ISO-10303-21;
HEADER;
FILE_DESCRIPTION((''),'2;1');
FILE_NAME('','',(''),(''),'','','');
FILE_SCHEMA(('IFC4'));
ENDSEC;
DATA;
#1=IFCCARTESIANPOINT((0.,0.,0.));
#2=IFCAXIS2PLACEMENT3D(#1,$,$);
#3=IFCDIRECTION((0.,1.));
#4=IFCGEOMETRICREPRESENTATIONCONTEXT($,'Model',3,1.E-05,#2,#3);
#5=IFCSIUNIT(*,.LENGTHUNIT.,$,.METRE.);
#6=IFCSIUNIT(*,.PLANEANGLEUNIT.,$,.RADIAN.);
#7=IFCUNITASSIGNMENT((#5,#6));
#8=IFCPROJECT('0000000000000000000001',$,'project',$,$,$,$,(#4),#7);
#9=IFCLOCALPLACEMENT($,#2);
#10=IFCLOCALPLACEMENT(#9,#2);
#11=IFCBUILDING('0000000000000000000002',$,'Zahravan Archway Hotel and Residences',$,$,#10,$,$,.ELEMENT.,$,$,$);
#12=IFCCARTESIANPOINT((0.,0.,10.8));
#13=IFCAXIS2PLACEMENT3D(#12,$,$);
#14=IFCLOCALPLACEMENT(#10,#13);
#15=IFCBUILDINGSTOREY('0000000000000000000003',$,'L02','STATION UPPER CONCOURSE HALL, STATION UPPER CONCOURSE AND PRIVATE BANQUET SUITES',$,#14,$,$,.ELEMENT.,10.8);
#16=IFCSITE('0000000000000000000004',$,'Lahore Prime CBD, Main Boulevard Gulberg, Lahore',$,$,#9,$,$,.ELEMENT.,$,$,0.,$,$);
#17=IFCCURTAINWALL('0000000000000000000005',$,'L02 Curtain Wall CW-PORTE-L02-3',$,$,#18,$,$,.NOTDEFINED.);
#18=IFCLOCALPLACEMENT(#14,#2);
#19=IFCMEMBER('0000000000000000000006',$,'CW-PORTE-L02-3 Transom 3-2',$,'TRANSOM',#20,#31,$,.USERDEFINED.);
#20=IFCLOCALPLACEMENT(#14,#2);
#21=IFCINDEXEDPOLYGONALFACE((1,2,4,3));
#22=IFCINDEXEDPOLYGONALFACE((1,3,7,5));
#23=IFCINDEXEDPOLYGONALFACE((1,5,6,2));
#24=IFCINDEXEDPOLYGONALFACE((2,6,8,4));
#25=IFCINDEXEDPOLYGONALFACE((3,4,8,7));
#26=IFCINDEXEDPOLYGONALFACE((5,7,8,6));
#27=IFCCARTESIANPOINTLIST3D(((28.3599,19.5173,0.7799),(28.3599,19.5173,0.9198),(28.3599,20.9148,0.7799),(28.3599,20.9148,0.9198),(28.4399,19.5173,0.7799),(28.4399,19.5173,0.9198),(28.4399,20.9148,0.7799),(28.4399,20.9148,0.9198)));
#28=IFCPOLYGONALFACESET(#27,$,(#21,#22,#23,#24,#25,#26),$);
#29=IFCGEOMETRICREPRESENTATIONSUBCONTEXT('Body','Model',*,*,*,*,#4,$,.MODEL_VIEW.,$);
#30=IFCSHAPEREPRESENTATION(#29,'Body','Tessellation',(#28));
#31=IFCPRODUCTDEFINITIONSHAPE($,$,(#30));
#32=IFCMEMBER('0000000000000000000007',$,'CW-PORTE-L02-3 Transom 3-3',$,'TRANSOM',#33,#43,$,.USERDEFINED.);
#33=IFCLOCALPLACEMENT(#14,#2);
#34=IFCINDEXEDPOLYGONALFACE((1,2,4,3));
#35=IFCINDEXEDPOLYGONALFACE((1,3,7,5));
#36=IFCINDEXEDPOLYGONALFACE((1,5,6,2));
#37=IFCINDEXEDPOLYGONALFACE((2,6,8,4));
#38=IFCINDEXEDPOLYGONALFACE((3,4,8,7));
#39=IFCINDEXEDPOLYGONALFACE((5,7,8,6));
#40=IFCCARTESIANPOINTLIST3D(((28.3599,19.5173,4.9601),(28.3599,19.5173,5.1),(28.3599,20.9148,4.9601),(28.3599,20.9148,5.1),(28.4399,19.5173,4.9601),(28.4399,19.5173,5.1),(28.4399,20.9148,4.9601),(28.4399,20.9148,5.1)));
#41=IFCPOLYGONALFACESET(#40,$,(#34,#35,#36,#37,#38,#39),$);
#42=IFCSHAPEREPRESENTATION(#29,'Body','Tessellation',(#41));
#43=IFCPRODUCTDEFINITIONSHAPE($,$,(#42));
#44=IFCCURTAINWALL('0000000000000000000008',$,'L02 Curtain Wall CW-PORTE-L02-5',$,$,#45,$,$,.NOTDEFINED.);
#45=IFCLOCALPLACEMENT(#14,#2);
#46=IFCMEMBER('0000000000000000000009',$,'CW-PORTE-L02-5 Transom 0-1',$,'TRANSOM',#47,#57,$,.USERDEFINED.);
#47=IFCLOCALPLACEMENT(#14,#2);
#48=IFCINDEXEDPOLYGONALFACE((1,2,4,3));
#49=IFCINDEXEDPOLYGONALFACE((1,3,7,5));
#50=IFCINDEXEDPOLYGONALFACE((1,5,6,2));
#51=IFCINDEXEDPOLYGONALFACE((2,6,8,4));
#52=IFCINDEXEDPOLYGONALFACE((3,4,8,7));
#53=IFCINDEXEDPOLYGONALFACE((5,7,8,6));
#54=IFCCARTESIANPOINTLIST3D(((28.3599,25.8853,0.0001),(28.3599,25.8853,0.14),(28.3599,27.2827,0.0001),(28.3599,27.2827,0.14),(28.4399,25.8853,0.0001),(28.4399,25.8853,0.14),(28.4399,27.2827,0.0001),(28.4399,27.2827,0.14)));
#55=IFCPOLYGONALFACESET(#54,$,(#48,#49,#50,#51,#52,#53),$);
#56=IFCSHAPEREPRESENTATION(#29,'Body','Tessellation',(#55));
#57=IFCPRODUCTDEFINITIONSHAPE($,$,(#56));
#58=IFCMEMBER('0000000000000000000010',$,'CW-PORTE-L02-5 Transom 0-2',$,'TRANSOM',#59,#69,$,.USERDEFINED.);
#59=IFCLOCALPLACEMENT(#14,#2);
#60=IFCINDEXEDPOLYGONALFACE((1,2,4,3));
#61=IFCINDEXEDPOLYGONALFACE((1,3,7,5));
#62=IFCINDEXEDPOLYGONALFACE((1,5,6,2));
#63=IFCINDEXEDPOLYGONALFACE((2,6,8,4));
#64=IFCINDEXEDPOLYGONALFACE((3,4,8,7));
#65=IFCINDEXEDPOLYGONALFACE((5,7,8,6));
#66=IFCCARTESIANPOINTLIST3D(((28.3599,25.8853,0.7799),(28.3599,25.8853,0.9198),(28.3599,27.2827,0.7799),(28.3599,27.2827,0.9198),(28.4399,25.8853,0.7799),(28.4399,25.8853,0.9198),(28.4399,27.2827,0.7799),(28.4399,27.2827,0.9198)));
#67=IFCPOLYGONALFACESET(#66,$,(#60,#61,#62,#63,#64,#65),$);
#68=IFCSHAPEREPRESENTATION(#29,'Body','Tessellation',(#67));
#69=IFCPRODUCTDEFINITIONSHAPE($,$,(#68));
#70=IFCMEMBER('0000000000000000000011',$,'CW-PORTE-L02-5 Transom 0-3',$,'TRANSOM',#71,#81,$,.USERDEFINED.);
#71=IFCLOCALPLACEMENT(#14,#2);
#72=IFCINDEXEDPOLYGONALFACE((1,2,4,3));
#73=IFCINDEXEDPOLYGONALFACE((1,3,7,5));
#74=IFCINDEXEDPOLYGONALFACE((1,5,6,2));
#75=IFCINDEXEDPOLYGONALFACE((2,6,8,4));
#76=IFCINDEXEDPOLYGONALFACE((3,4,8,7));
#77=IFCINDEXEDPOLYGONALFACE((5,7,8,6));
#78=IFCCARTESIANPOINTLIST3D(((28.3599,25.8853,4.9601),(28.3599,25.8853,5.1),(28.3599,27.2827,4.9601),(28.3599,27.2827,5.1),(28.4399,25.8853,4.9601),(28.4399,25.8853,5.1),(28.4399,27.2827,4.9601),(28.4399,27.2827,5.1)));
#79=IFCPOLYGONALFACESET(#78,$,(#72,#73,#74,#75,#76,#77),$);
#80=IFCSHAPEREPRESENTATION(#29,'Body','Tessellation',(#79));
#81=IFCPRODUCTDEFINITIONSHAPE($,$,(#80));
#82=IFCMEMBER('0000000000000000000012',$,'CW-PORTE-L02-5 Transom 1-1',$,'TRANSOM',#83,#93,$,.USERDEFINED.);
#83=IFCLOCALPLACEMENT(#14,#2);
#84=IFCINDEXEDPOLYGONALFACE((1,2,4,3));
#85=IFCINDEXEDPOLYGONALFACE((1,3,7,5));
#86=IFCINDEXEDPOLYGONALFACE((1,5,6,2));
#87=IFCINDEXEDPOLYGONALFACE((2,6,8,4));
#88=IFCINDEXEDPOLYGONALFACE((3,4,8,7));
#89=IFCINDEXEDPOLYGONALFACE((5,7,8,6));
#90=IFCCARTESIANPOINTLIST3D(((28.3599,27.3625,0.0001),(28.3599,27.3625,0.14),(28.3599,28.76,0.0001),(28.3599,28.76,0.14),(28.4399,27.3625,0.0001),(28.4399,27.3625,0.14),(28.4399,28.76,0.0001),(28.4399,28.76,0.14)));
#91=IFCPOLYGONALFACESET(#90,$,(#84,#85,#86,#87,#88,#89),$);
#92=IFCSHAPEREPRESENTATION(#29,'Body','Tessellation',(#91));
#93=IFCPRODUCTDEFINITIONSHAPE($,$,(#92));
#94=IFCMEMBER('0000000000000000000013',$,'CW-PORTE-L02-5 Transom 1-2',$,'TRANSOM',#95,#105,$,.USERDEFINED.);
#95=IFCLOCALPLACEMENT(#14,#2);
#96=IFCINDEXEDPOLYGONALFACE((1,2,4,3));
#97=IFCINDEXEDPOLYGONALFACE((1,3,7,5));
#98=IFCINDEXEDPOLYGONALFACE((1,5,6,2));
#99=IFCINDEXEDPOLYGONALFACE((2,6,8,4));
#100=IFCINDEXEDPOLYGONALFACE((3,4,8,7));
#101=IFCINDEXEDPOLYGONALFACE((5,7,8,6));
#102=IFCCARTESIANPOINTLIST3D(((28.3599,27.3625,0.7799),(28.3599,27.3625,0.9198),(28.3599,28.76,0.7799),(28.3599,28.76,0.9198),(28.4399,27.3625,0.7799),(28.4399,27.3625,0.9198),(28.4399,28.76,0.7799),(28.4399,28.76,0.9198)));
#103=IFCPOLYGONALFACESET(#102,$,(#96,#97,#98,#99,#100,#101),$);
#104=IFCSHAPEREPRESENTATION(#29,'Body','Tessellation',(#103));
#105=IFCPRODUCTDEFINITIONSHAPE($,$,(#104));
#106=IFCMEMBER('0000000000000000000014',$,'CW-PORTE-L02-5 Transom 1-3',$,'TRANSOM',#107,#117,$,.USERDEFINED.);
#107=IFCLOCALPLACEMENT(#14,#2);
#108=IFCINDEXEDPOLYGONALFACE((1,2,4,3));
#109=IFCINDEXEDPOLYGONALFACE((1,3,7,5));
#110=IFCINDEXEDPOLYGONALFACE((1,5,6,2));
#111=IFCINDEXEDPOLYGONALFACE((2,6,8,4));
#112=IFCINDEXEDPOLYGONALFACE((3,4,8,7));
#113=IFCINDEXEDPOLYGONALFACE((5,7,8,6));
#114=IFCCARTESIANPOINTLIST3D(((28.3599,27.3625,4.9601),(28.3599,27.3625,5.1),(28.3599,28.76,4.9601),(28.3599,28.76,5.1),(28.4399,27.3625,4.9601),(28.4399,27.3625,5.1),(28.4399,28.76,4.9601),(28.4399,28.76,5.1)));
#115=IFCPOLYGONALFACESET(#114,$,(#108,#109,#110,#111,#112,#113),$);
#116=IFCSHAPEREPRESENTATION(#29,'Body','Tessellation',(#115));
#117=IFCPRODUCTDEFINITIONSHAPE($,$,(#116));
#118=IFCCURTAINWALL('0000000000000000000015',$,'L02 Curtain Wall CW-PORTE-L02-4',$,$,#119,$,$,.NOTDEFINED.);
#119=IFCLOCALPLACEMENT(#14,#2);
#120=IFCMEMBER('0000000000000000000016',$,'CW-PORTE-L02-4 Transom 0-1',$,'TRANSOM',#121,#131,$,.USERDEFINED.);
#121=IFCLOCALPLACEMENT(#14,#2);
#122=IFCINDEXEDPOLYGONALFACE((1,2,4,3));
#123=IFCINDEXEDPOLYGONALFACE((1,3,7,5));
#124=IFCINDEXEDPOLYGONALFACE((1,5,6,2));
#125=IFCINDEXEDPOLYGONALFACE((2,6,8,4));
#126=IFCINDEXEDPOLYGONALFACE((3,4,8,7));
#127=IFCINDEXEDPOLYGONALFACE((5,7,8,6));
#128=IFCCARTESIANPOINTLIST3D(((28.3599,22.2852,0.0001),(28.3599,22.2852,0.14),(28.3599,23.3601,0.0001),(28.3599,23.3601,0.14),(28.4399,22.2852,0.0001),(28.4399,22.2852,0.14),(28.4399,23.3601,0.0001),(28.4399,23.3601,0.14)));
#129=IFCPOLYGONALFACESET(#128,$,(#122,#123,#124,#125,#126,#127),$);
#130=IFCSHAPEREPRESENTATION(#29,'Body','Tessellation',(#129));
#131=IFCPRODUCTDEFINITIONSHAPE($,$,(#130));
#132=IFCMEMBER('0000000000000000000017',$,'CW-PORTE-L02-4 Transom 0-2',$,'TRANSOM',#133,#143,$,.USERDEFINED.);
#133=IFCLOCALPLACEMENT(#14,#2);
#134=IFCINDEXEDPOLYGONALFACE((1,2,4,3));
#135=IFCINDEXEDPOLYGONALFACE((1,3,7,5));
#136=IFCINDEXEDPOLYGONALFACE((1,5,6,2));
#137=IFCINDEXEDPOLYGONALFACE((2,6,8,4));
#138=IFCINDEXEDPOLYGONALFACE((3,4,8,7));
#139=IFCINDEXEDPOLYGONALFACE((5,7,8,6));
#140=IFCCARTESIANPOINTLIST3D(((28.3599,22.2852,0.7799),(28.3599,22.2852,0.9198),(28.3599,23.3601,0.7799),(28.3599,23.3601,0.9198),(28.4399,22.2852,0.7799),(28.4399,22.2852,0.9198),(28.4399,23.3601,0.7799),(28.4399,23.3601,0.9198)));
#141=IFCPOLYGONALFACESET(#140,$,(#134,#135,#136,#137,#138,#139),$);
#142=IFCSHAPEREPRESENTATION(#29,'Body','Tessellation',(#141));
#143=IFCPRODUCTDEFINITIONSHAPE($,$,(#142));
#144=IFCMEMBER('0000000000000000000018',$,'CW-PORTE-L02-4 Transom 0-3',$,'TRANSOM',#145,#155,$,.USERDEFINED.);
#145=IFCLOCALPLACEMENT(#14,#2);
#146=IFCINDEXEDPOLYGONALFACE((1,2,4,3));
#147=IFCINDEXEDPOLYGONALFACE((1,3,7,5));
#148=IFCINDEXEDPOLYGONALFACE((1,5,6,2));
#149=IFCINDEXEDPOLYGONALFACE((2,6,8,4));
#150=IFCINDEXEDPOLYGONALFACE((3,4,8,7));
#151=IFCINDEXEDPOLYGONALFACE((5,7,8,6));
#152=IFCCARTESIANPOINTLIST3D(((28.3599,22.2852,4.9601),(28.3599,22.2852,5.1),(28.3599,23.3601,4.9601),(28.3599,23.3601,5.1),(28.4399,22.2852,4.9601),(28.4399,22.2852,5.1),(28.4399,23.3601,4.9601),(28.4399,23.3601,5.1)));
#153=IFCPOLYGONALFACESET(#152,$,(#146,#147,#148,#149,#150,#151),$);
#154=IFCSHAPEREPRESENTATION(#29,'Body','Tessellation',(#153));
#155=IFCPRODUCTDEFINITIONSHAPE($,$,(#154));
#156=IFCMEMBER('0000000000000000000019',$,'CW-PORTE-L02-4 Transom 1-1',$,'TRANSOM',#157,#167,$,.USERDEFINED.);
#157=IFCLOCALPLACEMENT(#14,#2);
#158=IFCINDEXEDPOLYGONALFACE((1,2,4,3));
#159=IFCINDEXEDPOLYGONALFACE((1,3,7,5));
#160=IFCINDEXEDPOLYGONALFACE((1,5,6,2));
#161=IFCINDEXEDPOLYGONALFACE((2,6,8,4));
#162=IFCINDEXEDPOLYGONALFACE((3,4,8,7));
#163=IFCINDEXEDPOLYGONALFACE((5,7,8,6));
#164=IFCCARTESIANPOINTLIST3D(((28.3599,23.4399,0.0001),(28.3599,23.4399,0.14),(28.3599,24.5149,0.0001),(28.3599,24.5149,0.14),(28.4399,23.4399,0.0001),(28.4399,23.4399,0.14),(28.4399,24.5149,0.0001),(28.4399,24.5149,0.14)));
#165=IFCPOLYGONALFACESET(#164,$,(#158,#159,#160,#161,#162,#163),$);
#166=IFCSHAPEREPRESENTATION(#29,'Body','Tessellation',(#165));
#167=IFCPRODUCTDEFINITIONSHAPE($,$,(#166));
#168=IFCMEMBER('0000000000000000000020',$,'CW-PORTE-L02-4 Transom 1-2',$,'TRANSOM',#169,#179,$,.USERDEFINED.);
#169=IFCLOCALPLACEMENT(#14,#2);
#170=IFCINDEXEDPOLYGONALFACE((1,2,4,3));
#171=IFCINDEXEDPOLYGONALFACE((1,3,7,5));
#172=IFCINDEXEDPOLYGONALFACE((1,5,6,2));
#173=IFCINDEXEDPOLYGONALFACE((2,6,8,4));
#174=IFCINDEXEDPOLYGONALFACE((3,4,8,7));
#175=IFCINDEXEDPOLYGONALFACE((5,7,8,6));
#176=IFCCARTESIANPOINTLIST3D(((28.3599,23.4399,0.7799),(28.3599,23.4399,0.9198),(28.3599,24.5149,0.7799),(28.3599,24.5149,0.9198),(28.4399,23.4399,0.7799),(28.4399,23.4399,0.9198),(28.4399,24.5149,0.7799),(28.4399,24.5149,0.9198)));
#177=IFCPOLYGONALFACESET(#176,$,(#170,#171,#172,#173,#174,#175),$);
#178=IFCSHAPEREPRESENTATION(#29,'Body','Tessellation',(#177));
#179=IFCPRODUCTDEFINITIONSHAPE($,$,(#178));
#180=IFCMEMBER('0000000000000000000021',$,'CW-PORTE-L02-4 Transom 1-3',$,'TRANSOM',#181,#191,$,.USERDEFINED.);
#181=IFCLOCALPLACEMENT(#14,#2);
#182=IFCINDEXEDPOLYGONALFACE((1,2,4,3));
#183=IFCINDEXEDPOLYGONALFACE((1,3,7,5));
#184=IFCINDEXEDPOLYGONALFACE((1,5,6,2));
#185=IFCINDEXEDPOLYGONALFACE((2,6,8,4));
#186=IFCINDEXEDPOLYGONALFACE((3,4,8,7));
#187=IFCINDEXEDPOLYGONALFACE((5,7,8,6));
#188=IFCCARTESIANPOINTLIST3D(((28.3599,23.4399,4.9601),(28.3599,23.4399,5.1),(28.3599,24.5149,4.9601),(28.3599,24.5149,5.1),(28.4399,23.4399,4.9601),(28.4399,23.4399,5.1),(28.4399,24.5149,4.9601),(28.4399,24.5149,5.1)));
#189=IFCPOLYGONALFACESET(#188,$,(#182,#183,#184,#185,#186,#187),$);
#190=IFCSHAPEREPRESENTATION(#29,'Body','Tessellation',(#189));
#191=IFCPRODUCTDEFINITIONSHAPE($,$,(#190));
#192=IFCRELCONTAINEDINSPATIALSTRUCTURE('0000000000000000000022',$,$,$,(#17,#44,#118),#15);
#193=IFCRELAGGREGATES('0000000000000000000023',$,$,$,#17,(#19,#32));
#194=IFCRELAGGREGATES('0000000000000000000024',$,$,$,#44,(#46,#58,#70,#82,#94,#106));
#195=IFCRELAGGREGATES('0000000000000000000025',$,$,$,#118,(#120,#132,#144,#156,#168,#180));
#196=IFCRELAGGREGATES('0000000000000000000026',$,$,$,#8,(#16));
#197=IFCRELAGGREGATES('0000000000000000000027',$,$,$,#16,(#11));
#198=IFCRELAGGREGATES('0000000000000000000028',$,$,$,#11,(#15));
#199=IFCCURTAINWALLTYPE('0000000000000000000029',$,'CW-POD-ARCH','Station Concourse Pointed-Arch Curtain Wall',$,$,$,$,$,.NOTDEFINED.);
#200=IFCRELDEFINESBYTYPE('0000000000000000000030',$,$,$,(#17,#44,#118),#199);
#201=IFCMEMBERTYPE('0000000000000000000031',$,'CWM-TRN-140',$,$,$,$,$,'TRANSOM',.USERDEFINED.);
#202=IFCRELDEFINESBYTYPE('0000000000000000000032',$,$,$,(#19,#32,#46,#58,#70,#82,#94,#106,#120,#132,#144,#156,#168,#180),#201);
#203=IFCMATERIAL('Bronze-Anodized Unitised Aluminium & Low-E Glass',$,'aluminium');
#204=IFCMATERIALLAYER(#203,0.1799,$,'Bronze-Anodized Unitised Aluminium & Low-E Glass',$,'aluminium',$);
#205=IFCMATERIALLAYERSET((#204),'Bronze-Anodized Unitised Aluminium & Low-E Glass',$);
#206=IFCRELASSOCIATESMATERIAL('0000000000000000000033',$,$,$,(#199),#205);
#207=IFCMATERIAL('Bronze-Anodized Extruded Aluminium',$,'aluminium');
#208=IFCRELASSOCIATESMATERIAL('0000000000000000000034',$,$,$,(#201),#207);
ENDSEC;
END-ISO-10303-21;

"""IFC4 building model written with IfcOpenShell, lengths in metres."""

from ifc_helpers import new_model, si_unit, direction, frame, origin, origin_2d, place, context, subcontext, project, spatial, rectangle, extrude, source, transform, mapped, material, layer, layer_set, material_profile, profile_set, type_object, element, aggregate, save


model = new_model("IFC4")

# Units and contexts
model_context = context("Model", 3, precision=1e-05, world=origin(), true_north=direction((0.0, 1.0)))
body_context = subcontext(model_context, "Body", "Model", "MODEL_VIEW")
ifc_project = project(units=[si_unit("LENGTHUNIT", "METRE"), si_unit("PLANEANGLEUNIT", "RADIAN")], contexts=[model_context])

# Site, building, storey
site_placement = place(None, origin())
site = spatial("IfcSite", under=ifc_project, at=site_placement, Name="Lahore Prime CBD, Main Boulevard Gulberg, Lahore", CompositionType="ELEMENT", RefElevation=0.0)
building_placement = place(site_placement, origin())
building = spatial("IfcBuilding", under=site, at=building_placement, Name="Zahravan Archway Hotel and Residences", CompositionType="ELEMENT")
storey_placement = place(building_placement, frame((0.0, 0.0, 10.8)))
storey = spatial("IfcBuildingStorey", under=building, at=storey_placement, Name="L02", Description="STATION UPPER CONCOURSE HALL, STATION UPPER CONCOURSE AND PRIVATE BANQUET SUITES", CompositionType="ELEMENT", Elevation=10.8)

# Curtain walls, members
ifc_material_1 = material(Name="Bronze-Anodized Unitised Aluminium & Low-E Glass", Category="aluminium")
ifc_layer_1 = layer(ifc_material_1, 0.1799, Name="Bronze-Anodized Unitised Aluminium & Low-E Glass", Category="aluminium")
ifc_layer_set_1 = layer_set([ifc_layer_1], Name="Bronze-Anodized Unitised Aluminium & Low-E Glass")
curtain_wall_type = type_object("IfcCurtainWallType", Name="CW-POD-ARCH", Description="Station Concourse Pointed-Arch Curtain Wall", PredefinedType="NOTDEFINED", material=ifc_layer_set_1)
curtain_wall_1_placement = place(storey_placement, origin())
curtain_wall_1 = element("IfcCurtainWall", 1, at=curtain_wall_1_placement, inside=storey, type_object=curtain_wall_type, Name="L02 Curtain Wall CW-PORTE-L02-3", PredefinedType="NOTDEFINED")
ifc_material_2 = material(Name="Bronze-Anodized Extruded Aluminium", Category="aluminium")
ifc_material_profile_1 = material_profile(ifc_material_2, rectangle(XDim=0.0801, YDim=0.1399, at=origin_2d()), Name="TRN 80x140", Category="aluminium")
ifc_profile_set_1 = profile_set([ifc_material_profile_1], Name="Bronze-Anodized Extruded Aluminium")
member_type_1 = type_object("IfcMemberType", Name="CWM-TRN-140", ElementType="TRANSOM", PredefinedType="USERDEFINED", material=ifc_profile_set_1)
shared_shape_1 = source(origin(), body_context, "Body", "SweptSolid", [
    extrude(rectangle(XDim=0.0801, YDim=0.1399, at=origin_2d()), origin(), (0.0, 0.0, 1.0), 1.3975),
])
member_1_placement = place(storey_placement, frame((28.3999, 19.5173, 0.8499), z_axis=(0.0, 1.0, 0.0), x_axis=(-1.0, 0.0, 0.0)))
member_1 = element("IfcMember", 2, at=member_1_placement, type_object=member_type_1, Name="CW-PORTE-L02-3 Transom 3-2", ObjectType="TRANSOM", PredefinedType="USERDEFINED", context=body_context, shape_type="MappedRepresentation", body=[
    mapped(shared_shape_1, transform((0.0, 0.0, 0.0), scale=1.0)),
])
member_2_placement = place(storey_placement, frame((28.3999, 19.5173, 5.03), z_axis=(0.0, 1.0, 0.0), x_axis=(-1.0, 0.0, 0.0)))
member_2 = element("IfcMember", 3, at=member_2_placement, type_object=member_type_1, Name="CW-PORTE-L02-3 Transom 3-3", ObjectType="TRANSOM", PredefinedType="USERDEFINED", context=body_context, shape_type="MappedRepresentation", body=[
    mapped(shared_shape_1, transform((0.0, 0.0, 0.0), scale=1.0)),
])
curtain_wall_2_placement = place(storey_placement, origin())
curtain_wall_2 = element("IfcCurtainWall", 4, at=curtain_wall_2_placement, inside=storey, type_object=curtain_wall_type, Name="L02 Curtain Wall CW-PORTE-L02-5", PredefinedType="NOTDEFINED")
member_3_placement = place(storey_placement, frame((28.3999, 25.8853, 0.0701), z_axis=(0.0, 1.0, 0.0), x_axis=(-1.0, 0.0, 0.0)))
member_3 = element("IfcMember", 5, at=member_3_placement, type_object=member_type_1, Name="CW-PORTE-L02-5 Transom 0-1", ObjectType="TRANSOM", PredefinedType="USERDEFINED", context=body_context, shape_type="MappedRepresentation", body=[
    mapped(shared_shape_1, transform((0.0, 0.0, 0.0), scale=1.0)),
])
member_4_placement = place(storey_placement, frame((28.3999, 25.8853, 0.8499), z_axis=(0.0, 1.0, 0.0), x_axis=(-1.0, 0.0, 0.0)))
member_4 = element("IfcMember", 6, at=member_4_placement, type_object=member_type_1, Name="CW-PORTE-L02-5 Transom 0-2", ObjectType="TRANSOM", PredefinedType="USERDEFINED", context=body_context, shape_type="MappedRepresentation", body=[
    mapped(shared_shape_1, transform((0.0, 0.0, 0.0), scale=1.0)),
])
member_5_placement = place(storey_placement, frame((28.3999, 25.8853, 5.03), z_axis=(0.0, 1.0, 0.0), x_axis=(-1.0, 0.0, 0.0)))
member_5 = element("IfcMember", 7, at=member_5_placement, type_object=member_type_1, Name="CW-PORTE-L02-5 Transom 0-3", ObjectType="TRANSOM", PredefinedType="USERDEFINED", context=body_context, shape_type="MappedRepresentation", body=[
    mapped(shared_shape_1, transform((0.0, 0.0, 0.0), scale=1.0)),
])
member_6_placement = place(storey_placement, frame((28.3999, 27.3625, 0.0701), z_axis=(0.0, 1.0, 0.0), x_axis=(-1.0, 0.0, 0.0)))
member_6 = element("IfcMember", 8, at=member_6_placement, type_object=member_type_1, Name="CW-PORTE-L02-5 Transom 1-1", ObjectType="TRANSOM", PredefinedType="USERDEFINED", context=body_context, shape_type="MappedRepresentation", body=[
    mapped(shared_shape_1, transform((0.0, 0.0, 0.0), scale=1.0)),
])
member_7_placement = place(storey_placement, frame((28.3999, 27.3625, 0.8499), z_axis=(0.0, 1.0, 0.0), x_axis=(-1.0, 0.0, 0.0)))
member_7 = element("IfcMember", 9, at=member_7_placement, type_object=member_type_1, Name="CW-PORTE-L02-5 Transom 1-2", ObjectType="TRANSOM", PredefinedType="USERDEFINED", context=body_context, shape_type="MappedRepresentation", body=[
    mapped(shared_shape_1, transform((0.0, 0.0, 0.0), scale=1.0)),
])
member_8_placement = place(storey_placement, frame((28.3999, 27.3625, 5.03), z_axis=(0.0, 1.0, 0.0), x_axis=(-1.0, 0.0, 0.0)))
member_8 = element("IfcMember", 10, at=member_8_placement, type_object=member_type_1, Name="CW-PORTE-L02-5 Transom 1-3", ObjectType="TRANSOM", PredefinedType="USERDEFINED", context=body_context, shape_type="MappedRepresentation", body=[
    mapped(shared_shape_1, transform((0.0, 0.0, 0.0), scale=1.0)),
])
curtain_wall_3_placement = place(storey_placement, origin())
curtain_wall_3 = element("IfcCurtainWall", 11, at=curtain_wall_3_placement, inside=storey, type_object=curtain_wall_type, Name="L02 Curtain Wall CW-PORTE-L02-4", PredefinedType="NOTDEFINED")
shared_shape_2 = source(origin(), body_context, "Body", "SweptSolid", [
    extrude(rectangle(XDim=0.0801, YDim=0.1399, at=origin_2d()), origin(), (0.0, 0.0, 1.0), 1.075),
])
member_9_placement = place(storey_placement, frame((28.3999, 22.2852, 0.0701), z_axis=(0.0, 1.0, 0.0), x_axis=(-1.0, 0.0, 0.0)))
member_9 = element("IfcMember", 12, at=member_9_placement, type_object=member_type_1, Name="CW-PORTE-L02-4 Transom 0-1", ObjectType="TRANSOM", PredefinedType="USERDEFINED", context=body_context, shape_type="MappedRepresentation", body=[
    mapped(shared_shape_2, transform((0.0, 0.0, 0.0), scale=1.0)),
])
member_10_placement = place(storey_placement, frame((28.3999, 22.2852, 0.8499), z_axis=(0.0, 1.0, 0.0), x_axis=(-1.0, 0.0, 0.0)))
member_10 = element("IfcMember", 13, at=member_10_placement, type_object=member_type_1, Name="CW-PORTE-L02-4 Transom 0-2", ObjectType="TRANSOM", PredefinedType="USERDEFINED", context=body_context, shape_type="MappedRepresentation", body=[
    mapped(shared_shape_2, transform((0.0, 0.0, 0.0), scale=1.0)),
])
member_11_placement = place(storey_placement, frame((28.3999, 22.2852, 5.03), z_axis=(0.0, 1.0, 0.0), x_axis=(-1.0, 0.0, 0.0)))
member_11 = element("IfcMember", 14, at=member_11_placement, type_object=member_type_1, Name="CW-PORTE-L02-4 Transom 0-3", ObjectType="TRANSOM", PredefinedType="USERDEFINED", context=body_context, shape_type="MappedRepresentation", body=[
    mapped(shared_shape_2, transform((0.0, 0.0, 0.0), scale=1.0)),
])
member_12_placement = place(storey_placement, frame((28.3999, 23.4399, 0.0701), z_axis=(0.0, 1.0, 0.0), x_axis=(-1.0, 0.0, 0.0)))
member_12 = element("IfcMember", 15, at=member_12_placement, type_object=member_type_1, Name="CW-PORTE-L02-4 Transom 1-1", ObjectType="TRANSOM", PredefinedType="USERDEFINED", context=body_context, shape_type="MappedRepresentation", body=[
    mapped(shared_shape_2, transform((0.0, 0.0, 0.0), scale=1.0)),
])
member_13_placement = place(storey_placement, frame((28.3999, 23.4399, 0.8499), z_axis=(0.0, 1.0, 0.0), x_axis=(-1.0, 0.0, 0.0)))
member_13 = element("IfcMember", 16, at=member_13_placement, type_object=member_type_1, Name="CW-PORTE-L02-4 Transom 1-2", ObjectType="TRANSOM", PredefinedType="USERDEFINED", context=body_context, shape_type="MappedRepresentation", body=[
    mapped(shared_shape_2, transform((0.0, 0.0, 0.0), scale=1.0)),
])
member_14_placement = place(storey_placement, frame((28.3999, 23.4399, 5.03), z_axis=(0.0, 1.0, 0.0), x_axis=(-1.0, 0.0, 0.0)))
member_14 = element("IfcMember", 17, at=member_14_placement, type_object=member_type_1, Name="CW-PORTE-L02-4 Transom 1-3", ObjectType="TRANSOM", PredefinedType="USERDEFINED", context=body_context, shape_type="MappedRepresentation", body=[
    mapped(shared_shape_2, transform((0.0, 0.0, 0.0), scale=1.0)),
])

aggregate(curtain_wall_1, [member_1, member_2])
aggregate(curtain_wall_2, [member_3, member_4, member_5, member_6, member_7, member_8])
aggregate(curtain_wall_3, [member_9, member_10, member_11, member_12, member_13, member_14])

save(model, "model.ifc")
